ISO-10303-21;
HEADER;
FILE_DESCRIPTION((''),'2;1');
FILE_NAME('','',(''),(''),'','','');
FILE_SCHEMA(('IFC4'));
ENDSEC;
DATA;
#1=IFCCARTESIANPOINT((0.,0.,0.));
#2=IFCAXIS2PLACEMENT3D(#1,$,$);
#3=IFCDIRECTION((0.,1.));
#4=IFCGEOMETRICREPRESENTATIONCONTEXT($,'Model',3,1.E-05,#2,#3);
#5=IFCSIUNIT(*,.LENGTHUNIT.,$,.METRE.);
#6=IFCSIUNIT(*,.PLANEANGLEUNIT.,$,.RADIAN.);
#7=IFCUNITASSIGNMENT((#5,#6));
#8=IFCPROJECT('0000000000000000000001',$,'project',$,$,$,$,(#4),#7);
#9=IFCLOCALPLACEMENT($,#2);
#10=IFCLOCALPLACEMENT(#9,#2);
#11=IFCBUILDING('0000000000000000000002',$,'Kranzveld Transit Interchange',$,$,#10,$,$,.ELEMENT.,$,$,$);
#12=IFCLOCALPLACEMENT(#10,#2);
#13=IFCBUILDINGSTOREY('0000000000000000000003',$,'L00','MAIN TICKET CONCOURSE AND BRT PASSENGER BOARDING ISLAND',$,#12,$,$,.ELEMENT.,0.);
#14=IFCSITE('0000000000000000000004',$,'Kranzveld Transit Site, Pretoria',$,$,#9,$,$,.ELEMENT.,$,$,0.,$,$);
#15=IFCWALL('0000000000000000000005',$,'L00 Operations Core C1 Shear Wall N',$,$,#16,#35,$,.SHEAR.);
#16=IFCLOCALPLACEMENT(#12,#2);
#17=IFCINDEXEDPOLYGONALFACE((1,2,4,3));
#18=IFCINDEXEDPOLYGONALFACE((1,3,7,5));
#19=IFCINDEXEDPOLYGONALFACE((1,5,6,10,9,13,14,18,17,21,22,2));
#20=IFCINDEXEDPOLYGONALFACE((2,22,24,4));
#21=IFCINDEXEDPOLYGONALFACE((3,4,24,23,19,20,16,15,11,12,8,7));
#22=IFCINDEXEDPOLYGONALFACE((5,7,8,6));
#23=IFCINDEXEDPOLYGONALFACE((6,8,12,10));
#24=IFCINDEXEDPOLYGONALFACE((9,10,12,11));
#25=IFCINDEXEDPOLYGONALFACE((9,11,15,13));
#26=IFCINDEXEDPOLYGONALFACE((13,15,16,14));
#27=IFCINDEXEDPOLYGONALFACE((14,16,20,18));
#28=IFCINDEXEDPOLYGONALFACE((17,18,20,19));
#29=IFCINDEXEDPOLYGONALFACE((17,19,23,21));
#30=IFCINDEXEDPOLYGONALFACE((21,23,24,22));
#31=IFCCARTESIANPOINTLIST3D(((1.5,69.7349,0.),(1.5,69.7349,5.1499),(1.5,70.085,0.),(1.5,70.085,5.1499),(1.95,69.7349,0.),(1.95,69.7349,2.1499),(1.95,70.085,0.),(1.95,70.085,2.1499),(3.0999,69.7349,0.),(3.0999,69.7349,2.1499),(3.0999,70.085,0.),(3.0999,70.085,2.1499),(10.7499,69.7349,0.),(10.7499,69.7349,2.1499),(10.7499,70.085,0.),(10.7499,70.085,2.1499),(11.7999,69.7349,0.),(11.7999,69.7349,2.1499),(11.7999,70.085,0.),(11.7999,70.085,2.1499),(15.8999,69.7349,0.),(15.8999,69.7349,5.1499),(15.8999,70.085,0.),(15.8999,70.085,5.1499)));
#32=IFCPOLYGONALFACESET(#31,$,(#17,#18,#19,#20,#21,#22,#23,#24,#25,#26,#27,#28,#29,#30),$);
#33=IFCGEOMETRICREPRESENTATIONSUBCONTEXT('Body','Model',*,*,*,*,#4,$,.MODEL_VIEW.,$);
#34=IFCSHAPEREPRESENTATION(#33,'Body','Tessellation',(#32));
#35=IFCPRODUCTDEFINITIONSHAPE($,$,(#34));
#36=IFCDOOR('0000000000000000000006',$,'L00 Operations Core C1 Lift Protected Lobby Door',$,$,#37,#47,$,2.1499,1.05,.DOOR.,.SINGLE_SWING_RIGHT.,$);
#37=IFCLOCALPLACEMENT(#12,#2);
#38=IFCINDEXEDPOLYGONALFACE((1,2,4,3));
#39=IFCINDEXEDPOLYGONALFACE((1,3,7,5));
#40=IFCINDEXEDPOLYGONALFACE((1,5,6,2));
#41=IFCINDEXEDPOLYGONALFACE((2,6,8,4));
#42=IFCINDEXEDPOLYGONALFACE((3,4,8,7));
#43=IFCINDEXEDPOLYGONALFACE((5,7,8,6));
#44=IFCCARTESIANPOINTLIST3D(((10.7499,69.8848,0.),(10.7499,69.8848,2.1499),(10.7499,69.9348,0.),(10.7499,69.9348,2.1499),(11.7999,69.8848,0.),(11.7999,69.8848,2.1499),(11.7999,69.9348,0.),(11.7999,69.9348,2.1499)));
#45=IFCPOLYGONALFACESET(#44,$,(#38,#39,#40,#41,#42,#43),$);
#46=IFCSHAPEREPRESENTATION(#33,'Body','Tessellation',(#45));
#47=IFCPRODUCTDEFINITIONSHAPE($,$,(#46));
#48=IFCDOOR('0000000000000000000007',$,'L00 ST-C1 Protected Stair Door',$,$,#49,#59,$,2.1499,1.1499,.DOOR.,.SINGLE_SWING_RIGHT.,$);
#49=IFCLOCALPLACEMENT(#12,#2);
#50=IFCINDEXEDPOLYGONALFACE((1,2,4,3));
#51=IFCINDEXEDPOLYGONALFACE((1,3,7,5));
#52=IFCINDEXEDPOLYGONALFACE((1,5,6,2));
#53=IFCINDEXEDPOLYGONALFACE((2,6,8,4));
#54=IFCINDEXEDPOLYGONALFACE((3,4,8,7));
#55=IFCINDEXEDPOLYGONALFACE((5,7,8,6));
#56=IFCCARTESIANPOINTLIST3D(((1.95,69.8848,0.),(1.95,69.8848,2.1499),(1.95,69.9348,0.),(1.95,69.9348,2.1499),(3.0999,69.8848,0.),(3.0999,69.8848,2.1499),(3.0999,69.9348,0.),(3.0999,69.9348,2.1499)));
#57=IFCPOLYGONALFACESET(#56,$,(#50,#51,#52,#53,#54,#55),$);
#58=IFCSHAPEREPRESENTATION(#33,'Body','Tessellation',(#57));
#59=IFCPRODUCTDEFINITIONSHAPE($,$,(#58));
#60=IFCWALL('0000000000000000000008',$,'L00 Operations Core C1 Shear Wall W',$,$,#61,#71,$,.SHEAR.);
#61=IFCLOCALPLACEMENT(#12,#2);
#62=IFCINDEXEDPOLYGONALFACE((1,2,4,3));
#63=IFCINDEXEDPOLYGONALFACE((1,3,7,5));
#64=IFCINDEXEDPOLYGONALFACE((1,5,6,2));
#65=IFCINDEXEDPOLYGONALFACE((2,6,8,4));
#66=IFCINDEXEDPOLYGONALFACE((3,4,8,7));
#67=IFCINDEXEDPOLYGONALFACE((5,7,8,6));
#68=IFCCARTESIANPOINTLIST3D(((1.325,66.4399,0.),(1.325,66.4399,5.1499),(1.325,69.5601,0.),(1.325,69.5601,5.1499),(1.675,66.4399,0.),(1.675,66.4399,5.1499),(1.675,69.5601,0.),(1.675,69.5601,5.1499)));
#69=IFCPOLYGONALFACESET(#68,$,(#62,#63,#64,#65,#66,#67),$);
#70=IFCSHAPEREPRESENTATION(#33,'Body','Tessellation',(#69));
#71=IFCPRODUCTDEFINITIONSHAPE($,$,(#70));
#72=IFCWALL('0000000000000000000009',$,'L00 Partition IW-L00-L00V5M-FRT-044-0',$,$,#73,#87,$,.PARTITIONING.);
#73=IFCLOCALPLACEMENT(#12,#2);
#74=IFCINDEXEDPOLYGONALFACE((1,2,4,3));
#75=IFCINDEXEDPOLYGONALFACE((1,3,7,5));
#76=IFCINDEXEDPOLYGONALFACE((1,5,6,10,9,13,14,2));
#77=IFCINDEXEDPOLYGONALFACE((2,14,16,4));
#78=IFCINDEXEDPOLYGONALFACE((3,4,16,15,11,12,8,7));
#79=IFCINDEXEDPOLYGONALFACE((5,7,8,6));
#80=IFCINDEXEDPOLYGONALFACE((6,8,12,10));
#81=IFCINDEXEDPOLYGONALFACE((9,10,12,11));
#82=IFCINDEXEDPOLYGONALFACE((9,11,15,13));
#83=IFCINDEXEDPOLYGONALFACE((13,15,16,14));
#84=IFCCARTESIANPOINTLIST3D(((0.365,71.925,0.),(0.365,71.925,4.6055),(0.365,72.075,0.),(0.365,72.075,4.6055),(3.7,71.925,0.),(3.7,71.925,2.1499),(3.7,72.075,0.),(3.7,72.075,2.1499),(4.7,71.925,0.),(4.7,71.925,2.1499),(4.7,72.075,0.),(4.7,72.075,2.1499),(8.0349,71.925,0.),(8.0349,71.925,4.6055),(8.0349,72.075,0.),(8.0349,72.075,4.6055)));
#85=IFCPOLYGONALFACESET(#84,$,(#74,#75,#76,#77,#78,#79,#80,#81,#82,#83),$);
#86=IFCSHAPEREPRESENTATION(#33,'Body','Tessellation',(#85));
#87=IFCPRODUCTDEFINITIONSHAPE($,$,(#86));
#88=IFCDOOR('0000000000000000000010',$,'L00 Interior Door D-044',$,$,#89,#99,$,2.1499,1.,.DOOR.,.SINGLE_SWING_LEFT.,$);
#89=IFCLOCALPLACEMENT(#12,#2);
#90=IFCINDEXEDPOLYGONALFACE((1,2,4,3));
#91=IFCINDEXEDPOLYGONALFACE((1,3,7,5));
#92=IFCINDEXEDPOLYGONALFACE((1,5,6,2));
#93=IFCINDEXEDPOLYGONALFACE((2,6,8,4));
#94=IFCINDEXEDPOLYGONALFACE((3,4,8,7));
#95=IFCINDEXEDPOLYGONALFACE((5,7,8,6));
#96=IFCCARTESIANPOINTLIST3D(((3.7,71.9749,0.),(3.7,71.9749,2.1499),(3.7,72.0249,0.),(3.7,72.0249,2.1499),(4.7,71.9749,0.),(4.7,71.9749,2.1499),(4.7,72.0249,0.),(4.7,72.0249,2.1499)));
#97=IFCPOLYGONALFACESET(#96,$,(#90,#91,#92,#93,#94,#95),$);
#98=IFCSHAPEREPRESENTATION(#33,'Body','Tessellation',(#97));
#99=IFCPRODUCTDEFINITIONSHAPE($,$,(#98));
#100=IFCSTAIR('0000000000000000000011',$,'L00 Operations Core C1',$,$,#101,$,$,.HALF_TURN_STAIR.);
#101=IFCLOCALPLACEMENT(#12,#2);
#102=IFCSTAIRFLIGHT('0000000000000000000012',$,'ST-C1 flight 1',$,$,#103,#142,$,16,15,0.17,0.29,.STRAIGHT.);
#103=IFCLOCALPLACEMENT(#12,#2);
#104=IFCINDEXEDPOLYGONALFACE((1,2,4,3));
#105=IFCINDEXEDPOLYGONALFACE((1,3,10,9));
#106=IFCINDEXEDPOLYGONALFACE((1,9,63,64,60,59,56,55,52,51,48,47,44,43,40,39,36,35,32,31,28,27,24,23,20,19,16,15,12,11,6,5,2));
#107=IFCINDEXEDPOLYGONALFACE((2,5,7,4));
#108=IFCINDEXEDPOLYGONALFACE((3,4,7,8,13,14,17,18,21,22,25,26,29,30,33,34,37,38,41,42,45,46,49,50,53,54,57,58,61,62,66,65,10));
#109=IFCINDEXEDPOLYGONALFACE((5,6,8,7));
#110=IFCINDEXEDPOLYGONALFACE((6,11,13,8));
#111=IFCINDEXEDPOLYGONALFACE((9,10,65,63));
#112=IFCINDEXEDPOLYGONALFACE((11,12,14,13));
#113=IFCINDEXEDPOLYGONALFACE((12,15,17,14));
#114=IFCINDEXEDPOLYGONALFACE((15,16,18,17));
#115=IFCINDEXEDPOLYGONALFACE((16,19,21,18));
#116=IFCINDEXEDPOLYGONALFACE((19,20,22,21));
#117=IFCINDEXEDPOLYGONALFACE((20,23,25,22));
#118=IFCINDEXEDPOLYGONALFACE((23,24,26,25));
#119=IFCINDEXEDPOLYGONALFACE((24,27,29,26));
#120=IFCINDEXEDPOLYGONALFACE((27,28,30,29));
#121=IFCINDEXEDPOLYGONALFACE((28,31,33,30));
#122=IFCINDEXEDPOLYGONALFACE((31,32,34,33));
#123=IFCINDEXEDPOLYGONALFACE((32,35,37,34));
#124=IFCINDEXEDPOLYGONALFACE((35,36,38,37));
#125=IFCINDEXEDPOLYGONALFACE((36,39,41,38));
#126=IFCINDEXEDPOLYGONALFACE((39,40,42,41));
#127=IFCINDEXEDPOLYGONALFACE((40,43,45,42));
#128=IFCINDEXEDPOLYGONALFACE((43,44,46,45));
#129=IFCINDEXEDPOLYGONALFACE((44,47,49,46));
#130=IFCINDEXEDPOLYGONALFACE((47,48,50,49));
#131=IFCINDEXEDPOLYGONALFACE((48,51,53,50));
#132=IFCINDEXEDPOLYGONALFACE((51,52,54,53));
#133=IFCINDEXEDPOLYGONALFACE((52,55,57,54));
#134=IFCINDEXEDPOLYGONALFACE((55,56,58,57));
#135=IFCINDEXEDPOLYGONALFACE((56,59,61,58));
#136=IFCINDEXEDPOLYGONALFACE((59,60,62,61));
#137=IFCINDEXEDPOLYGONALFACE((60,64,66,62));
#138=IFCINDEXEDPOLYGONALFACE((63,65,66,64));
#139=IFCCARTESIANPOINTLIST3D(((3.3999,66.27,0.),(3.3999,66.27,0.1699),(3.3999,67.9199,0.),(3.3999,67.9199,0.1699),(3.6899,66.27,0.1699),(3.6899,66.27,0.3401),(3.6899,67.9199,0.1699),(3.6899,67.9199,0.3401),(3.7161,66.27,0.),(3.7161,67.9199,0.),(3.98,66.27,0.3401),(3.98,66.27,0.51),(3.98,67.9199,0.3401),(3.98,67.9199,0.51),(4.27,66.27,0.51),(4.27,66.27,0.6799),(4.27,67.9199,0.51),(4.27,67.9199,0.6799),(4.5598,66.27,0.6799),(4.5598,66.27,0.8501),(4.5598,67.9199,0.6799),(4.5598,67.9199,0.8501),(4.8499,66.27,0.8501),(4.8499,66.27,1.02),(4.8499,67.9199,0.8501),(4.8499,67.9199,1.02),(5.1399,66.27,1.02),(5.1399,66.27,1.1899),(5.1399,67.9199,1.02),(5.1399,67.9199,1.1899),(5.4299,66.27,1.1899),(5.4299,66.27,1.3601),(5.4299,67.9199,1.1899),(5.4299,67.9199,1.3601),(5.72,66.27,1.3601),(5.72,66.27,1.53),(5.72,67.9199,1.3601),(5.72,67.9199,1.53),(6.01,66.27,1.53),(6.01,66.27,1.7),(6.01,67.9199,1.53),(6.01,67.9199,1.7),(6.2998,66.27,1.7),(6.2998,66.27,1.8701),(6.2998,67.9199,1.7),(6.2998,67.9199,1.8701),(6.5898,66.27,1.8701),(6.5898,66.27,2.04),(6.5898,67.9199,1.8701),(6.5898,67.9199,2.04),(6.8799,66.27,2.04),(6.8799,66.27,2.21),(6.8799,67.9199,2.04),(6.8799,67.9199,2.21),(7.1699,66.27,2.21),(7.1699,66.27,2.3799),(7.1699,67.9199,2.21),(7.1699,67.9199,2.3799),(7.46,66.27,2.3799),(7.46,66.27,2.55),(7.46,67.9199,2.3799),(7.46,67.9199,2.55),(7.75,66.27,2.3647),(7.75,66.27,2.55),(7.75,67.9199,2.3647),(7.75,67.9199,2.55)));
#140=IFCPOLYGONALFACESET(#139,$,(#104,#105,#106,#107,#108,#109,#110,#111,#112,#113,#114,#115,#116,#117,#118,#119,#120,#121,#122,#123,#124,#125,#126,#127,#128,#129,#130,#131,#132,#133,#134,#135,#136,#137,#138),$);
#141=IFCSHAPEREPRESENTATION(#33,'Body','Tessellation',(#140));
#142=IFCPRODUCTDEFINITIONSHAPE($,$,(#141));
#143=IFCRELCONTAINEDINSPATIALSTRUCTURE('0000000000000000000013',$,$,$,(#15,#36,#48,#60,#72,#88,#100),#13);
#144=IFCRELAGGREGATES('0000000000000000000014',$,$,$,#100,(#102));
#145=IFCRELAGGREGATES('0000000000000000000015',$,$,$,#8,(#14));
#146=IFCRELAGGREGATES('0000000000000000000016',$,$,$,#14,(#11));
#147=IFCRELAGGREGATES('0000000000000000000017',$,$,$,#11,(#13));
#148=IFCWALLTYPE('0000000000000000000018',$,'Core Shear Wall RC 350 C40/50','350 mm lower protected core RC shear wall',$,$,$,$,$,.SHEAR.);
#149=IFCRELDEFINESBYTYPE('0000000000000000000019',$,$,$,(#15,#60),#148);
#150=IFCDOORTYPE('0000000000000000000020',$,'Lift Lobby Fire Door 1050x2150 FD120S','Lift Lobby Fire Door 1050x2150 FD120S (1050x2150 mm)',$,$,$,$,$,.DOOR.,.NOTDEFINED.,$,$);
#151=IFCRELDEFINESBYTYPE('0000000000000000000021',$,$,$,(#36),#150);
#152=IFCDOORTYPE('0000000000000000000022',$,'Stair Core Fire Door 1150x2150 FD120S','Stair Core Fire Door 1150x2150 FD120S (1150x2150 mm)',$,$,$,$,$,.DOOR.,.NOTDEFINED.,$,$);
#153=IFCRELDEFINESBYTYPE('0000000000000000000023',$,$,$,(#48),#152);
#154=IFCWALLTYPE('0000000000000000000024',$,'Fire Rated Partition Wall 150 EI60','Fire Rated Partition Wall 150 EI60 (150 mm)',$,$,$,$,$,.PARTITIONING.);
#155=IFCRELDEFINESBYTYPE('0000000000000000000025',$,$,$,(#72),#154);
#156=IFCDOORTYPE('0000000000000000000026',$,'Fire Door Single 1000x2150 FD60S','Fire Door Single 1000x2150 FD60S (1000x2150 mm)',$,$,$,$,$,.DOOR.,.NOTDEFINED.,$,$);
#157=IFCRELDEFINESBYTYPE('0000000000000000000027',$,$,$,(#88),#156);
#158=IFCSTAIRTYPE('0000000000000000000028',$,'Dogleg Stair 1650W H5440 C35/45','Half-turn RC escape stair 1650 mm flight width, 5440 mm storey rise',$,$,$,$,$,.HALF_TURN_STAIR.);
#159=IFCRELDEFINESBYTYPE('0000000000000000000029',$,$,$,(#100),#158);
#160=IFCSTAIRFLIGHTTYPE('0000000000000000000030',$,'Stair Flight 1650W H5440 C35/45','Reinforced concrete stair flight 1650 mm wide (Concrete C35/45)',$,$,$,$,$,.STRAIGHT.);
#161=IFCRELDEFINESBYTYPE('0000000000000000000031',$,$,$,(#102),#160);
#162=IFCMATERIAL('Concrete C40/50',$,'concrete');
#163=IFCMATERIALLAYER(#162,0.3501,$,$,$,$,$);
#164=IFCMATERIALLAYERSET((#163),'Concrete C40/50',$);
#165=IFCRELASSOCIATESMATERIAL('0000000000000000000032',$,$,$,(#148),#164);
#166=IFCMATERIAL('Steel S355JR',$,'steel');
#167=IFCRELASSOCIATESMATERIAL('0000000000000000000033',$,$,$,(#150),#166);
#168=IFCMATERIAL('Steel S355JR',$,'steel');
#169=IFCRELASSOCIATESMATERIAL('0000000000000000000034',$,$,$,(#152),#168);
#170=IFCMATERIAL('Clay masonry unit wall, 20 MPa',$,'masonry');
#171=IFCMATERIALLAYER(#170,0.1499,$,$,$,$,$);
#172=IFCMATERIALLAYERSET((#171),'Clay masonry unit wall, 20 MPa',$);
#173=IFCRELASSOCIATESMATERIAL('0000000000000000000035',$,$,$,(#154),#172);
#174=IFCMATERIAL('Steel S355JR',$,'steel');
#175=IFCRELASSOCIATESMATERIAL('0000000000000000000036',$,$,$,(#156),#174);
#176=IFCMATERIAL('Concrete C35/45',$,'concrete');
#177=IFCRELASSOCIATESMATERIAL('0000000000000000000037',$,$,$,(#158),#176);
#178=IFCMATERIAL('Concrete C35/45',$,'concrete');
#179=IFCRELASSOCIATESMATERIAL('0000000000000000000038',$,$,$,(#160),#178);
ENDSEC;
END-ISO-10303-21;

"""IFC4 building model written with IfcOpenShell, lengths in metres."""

from ifc_helpers import new_model, si_unit, direction, frame, frame_2d, origin, place, context, subcontext, project, spatial, polyline, rectangle, outline, extrude, material, layer, layer_set, type_object, element, fill, aggregate, save


model = new_model("IFC4")

# Units and contexts
model_context = context("Model", 3, precision=1e-05, world=origin(), true_north=direction((0.0, 1.0)))
body_context = subcontext(model_context, "Body", "Model", "MODEL_VIEW")
ifc_project = project(units=[si_unit("LENGTHUNIT", "METRE"), si_unit("PLANEANGLEUNIT", "RADIAN")], contexts=[model_context])

# Site, building, storey
site_placement = place(None, origin())
site = spatial("IfcSite", under=ifc_project, at=site_placement, Name="Kranzveld Transit Site, Pretoria", CompositionType="ELEMENT", RefElevation=0.0)
building_placement = place(site_placement, origin())
building = spatial("IfcBuilding", under=site, at=building_placement, Name="Kranzveld Transit Interchange", CompositionType="ELEMENT")
storey_placement = place(building_placement, origin())
storey = spatial("IfcBuildingStorey", under=building, at=storey_placement, Name="L00", Description="MAIN TICKET CONCOURSE AND BRT PASSENGER BOARDING ISLAND", CompositionType="ELEMENT", Elevation=0.0)

# Wall, openings, doors
ifc_material_1 = material(Name="Concrete C40/50", Category="concrete")
ifc_layer_1 = layer(ifc_material_1, 0.3501)
ifc_layer_set_1 = layer_set([ifc_layer_1], Name="Concrete C40/50")
wall_type_1 = type_object("IfcWallType", Name="Core Shear Wall RC 350 C40/50", Description="350 mm lower protected core RC shear wall", PredefinedType="SHEAR", material=ifc_layer_set_1)
wall_1_placement = place(storey_placement, frame((1.5, 69.9099, 0.0), z_axis=(0.0, 0.0, 1.0), x_axis=(1.0, 0.0, 0.0)))
wall_1 = element("IfcWall", 1, at=wall_1_placement, inside=storey, type_object=wall_type_1, Name="L00 Operations Core C1 Shear Wall N", PredefinedType="SHEAR", context=body_context, shape_type="SweptSolid", body=[
    extrude(rectangle(XDim=14.3999, YDim=0.3501, at=frame_2d((7.2, 0.0))), origin(), (0.0, 0.0, 1.0), 5.1499),
])
opening_1_placement = place(wall_1_placement, frame((0.45, 0.0, 0.0), z_axis=(0.0, 0.0, 1.0), x_axis=(1.0, 0.0, 0.0)))
opening_1 = element("IfcOpeningElement", 2, at=opening_1_placement, cuts=wall_1, PredefinedType="OPENING", context=body_context, shape_type="SweptSolid", body=[
    extrude(rectangle(XDim=1.1499, YDim=2.1499, at=frame_2d((0.575, 1.075))), frame((0.0, 0.1851, 0.0), z_axis=(0.0, -1.0, 0.0), x_axis=(1.0, 0.0, 0.0)), (0.0, 0.0, 1.0), 0.3701),
])
opening_2_placement = place(wall_1_placement, frame((9.25, 0.0, 0.0), z_axis=(0.0, 0.0, 1.0), x_axis=(1.0, 0.0, 0.0)))
opening_2 = element("IfcOpeningElement", 3, at=opening_2_placement, cuts=wall_1, PredefinedType="OPENING", context=body_context, shape_type="SweptSolid", body=[
    extrude(rectangle(XDim=1.05, YDim=2.1499, at=frame_2d((0.5249, 1.075))), frame((0.0, 0.1851, 0.0), z_axis=(0.0, -1.0, 0.0), x_axis=(1.0, 0.0, 0.0)), (0.0, 0.0, 1.0), 0.3701),
])
ifc_material_2 = material(Name="Steel S355JR", Category="steel")
door_type_1 = type_object("IfcDoorType", Name="Lift Lobby Fire Door 1050x2150 FD120S", Description="Lift Lobby Fire Door 1050x2150 FD120S (1050x2150 mm)", OperationType="NOTDEFINED", PredefinedType="DOOR", material=ifc_material_2)
door_1_placement = place(opening_2_placement, origin())
door_1 = element("IfcDoor", 4, at=door_1_placement, inside=storey, type_object=door_type_1, Name="L00 Operations Core C1 Lift Protected Lobby Door", OperationType="SINGLE_SWING_RIGHT", OverallHeight=2.1499, OverallWidth=1.05, PredefinedType="DOOR", context=body_context, shape_type="SweptSolid", body=[
    extrude(rectangle(XDim=1.05, YDim=2.1499, at=frame_2d((0.5249, 1.075))), frame((0.0, 0.0249, 0.0), z_axis=(0.0, -1.0, 0.0), x_axis=(1.0, 0.0, 0.0)), (0.0, 0.0, 1.0), 0.05),
])
fill(opening_2, door_1)
ifc_material_3 = material(Name="Steel S355JR", Category="steel")
door_type_2 = type_object("IfcDoorType", Name="Stair Core Fire Door 1150x2150 FD120S", Description="Stair Core Fire Door 1150x2150 FD120S (1150x2150 mm)", OperationType="NOTDEFINED", PredefinedType="DOOR", material=ifc_material_3)
door_2_placement = place(opening_1_placement, origin())
door_2 = element("IfcDoor", 5, at=door_2_placement, inside=storey, type_object=door_type_2, Name="L00 ST-C1 Protected Stair Door", OperationType="SINGLE_SWING_RIGHT", OverallHeight=2.1499, OverallWidth=1.1499, PredefinedType="DOOR", context=body_context, shape_type="SweptSolid", body=[
    extrude(rectangle(XDim=1.1499, YDim=2.1499, at=frame_2d((0.575, 1.075))), frame((0.0, 0.0249, 0.0), z_axis=(0.0, -1.0, 0.0), x_axis=(1.0, 0.0, 0.0)), (0.0, 0.0, 1.0), 0.05),
])
fill(opening_1, door_2)

# Wall
wall_2_placement = place(storey_placement, frame((1.5, 66.4399, 0.0), z_axis=(0.0, 0.0, 1.0), x_axis=(0.0, 1.0, 0.0)))
element("IfcWall", 6, at=wall_2_placement, inside=storey, type_object=wall_type_1, Name="L00 Operations Core C1 Shear Wall W", PredefinedType="SHEAR", context=body_context, shape_type="SweptSolid", body=[
    extrude(rectangle(XDim=3.1201, YDim=0.3501, at=frame_2d((1.5601, 0.0))), origin(), (0.0, 0.0, 1.0), 5.1499),
])

# Wall, opening, door
ifc_material_4 = material(Name="Clay masonry unit wall, 20 MPa", Category="masonry")
ifc_layer_2 = layer(ifc_material_4, 0.1499)
ifc_layer_set_2 = layer_set([ifc_layer_2], Name="Clay masonry unit wall, 20 MPa")
wall_type_2 = type_object("IfcWallType", Name="Fire Rated Partition Wall 150 EI60", Description="Fire Rated Partition Wall 150 EI60 (150 mm)", PredefinedType="PARTITIONING", material=ifc_layer_set_2)
wall_3_placement = place(storey_placement, frame((0.365, 72.0, 0.0), z_axis=(0.0, 0.0, 1.0), x_axis=(1.0, 0.0, 0.0)))
wall_3 = element("IfcWall", 7, at=wall_3_placement, inside=storey, type_object=wall_type_2, Name="L00 Partition IW-L00-L00V5M-FRT-044-0", PredefinedType="PARTITIONING", context=body_context, shape_type="SweptSolid", body=[
    extrude(rectangle(XDim=7.6699, YDim=0.1499, at=frame_2d((3.835, 0.0))), origin(), (0.0, 0.0, 1.0), 4.6055),
])
opening_3_placement = place(wall_3_placement, frame((3.335, 0.0, 0.0), z_axis=(0.0, 0.0, 1.0), x_axis=(1.0, 0.0, 0.0)))
opening_3 = element("IfcOpeningElement", 8, at=opening_3_placement, cuts=wall_3, PredefinedType="OPENING", context=body_context, shape_type="SweptSolid", body=[
    extrude(rectangle(XDim=1.0, YDim=2.1499, at=frame_2d((0.5, 1.075))), frame((0.0, 0.085, 0.0), z_axis=(0.0, -1.0, 0.0), x_axis=(1.0, 0.0, 0.0)), (0.0, 0.0, 1.0), 0.1699),
])
ifc_material_5 = material(Name="Steel S355JR", Category="steel")
door_type_3 = type_object("IfcDoorType", Name="Fire Door Single 1000x2150 FD60S", Description="Fire Door Single 1000x2150 FD60S (1000x2150 mm)", OperationType="NOTDEFINED", PredefinedType="DOOR", material=ifc_material_5)
door_3_placement = place(opening_3_placement, origin())
door_3 = element("IfcDoor", 9, at=door_3_placement, inside=storey, type_object=door_type_3, Name="L00 Interior Door D-044", OperationType="SINGLE_SWING_LEFT", OverallHeight=2.1499, OverallWidth=1.0, PredefinedType="DOOR", context=body_context, shape_type="SweptSolid", body=[
    extrude(rectangle(XDim=1.0, YDim=2.1499, at=frame_2d((0.5, 1.075))), frame((0.0, 0.0249, 0.0), z_axis=(0.0, -1.0, 0.0), x_axis=(1.0, 0.0, 0.0)), (0.0, 0.0, 1.0), 0.05),
])
fill(opening_3, door_3)

# Stair, stair flight
ifc_material_6 = material(Name="Concrete C35/45", Category="concrete")
stair_type = type_object("IfcStairType", Name="Dogleg Stair 1650W H5440 C35/45", Description="Half-turn RC escape stair 1650 mm flight width, 5440 mm storey rise", PredefinedType="HALF_TURN_STAIR", material=ifc_material_6)
stair_placement = place(storey_placement, origin())
stair = element("IfcStair", 10, at=stair_placement, inside=storey, type_object=stair_type, Name="L00 Operations Core C1", PredefinedType="HALF_TURN_STAIR")
ifc_material_7 = material(Name="Concrete C35/45", Category="concrete")
stair_flight_type = type_object("IfcStairFlightType", Name="Stair Flight 1650W H5440 C35/45", Description="Reinforced concrete stair flight 1650 mm wide (Concrete C35/45)", PredefinedType="STRAIGHT", material=ifc_material_7)
stair_flight_1_placement = place(storey_placement, frame((3.3999, 67.095, 0.0), z_axis=(0.0, 0.0, 1.0), x_axis=(1.0, 0.0, 0.0)))
stair_flight_1 = element("IfcStairFlight", 11, at=stair_flight_1_placement, type_object=stair_flight_type, Name="ST-C1 flight 1", NumberOfRisers=16, NumberOfTreads=15, PredefinedType="STRAIGHT", RiserHeight=0.17, TreadLength=0.29, context=body_context, shape_type="SweptSolid", body=[
    extrude(outline(polyline([(0.0, 0.0), (0.0, 0.1699), (0.29, 0.1699), (0.29, 0.3401), (0.5801, 0.3401), (0.5801, 0.51), (0.8701, 0.51), (0.8701, 0.6799), (1.1599, 0.6799), (1.1599, 0.8501), (1.45, 0.8501), (1.45, 1.02), (1.74, 1.02), (1.74, 1.1899), (2.03, 1.1899), (2.03, 1.3601), (2.3201, 1.3601), (2.3201, 1.53), (2.6101, 1.53), (2.6101, 1.7), (2.8999, 1.7), (2.8999, 1.8701), (3.1899, 1.8701), (3.1899, 2.04), (3.48, 2.04), (3.48, 2.21), (3.77, 2.21), (3.77, 2.3799), (4.0601, 2.3799), (4.0601, 2.55), (4.3501, 2.55), (4.3501, 2.72), (4.3501, 2.3647), (0.3162, 0.0), (0.0, 0.0)])), frame((0.0, 0.825, 0.0), z_axis=(0.0, -1.0, 0.0), x_axis=(1.0, 0.0, 0.0)), (0.0, 0.0, 1.0), 1.6499),
])
aggregate(stair, [stair_flight_1])

save(model, "model.ifc")
